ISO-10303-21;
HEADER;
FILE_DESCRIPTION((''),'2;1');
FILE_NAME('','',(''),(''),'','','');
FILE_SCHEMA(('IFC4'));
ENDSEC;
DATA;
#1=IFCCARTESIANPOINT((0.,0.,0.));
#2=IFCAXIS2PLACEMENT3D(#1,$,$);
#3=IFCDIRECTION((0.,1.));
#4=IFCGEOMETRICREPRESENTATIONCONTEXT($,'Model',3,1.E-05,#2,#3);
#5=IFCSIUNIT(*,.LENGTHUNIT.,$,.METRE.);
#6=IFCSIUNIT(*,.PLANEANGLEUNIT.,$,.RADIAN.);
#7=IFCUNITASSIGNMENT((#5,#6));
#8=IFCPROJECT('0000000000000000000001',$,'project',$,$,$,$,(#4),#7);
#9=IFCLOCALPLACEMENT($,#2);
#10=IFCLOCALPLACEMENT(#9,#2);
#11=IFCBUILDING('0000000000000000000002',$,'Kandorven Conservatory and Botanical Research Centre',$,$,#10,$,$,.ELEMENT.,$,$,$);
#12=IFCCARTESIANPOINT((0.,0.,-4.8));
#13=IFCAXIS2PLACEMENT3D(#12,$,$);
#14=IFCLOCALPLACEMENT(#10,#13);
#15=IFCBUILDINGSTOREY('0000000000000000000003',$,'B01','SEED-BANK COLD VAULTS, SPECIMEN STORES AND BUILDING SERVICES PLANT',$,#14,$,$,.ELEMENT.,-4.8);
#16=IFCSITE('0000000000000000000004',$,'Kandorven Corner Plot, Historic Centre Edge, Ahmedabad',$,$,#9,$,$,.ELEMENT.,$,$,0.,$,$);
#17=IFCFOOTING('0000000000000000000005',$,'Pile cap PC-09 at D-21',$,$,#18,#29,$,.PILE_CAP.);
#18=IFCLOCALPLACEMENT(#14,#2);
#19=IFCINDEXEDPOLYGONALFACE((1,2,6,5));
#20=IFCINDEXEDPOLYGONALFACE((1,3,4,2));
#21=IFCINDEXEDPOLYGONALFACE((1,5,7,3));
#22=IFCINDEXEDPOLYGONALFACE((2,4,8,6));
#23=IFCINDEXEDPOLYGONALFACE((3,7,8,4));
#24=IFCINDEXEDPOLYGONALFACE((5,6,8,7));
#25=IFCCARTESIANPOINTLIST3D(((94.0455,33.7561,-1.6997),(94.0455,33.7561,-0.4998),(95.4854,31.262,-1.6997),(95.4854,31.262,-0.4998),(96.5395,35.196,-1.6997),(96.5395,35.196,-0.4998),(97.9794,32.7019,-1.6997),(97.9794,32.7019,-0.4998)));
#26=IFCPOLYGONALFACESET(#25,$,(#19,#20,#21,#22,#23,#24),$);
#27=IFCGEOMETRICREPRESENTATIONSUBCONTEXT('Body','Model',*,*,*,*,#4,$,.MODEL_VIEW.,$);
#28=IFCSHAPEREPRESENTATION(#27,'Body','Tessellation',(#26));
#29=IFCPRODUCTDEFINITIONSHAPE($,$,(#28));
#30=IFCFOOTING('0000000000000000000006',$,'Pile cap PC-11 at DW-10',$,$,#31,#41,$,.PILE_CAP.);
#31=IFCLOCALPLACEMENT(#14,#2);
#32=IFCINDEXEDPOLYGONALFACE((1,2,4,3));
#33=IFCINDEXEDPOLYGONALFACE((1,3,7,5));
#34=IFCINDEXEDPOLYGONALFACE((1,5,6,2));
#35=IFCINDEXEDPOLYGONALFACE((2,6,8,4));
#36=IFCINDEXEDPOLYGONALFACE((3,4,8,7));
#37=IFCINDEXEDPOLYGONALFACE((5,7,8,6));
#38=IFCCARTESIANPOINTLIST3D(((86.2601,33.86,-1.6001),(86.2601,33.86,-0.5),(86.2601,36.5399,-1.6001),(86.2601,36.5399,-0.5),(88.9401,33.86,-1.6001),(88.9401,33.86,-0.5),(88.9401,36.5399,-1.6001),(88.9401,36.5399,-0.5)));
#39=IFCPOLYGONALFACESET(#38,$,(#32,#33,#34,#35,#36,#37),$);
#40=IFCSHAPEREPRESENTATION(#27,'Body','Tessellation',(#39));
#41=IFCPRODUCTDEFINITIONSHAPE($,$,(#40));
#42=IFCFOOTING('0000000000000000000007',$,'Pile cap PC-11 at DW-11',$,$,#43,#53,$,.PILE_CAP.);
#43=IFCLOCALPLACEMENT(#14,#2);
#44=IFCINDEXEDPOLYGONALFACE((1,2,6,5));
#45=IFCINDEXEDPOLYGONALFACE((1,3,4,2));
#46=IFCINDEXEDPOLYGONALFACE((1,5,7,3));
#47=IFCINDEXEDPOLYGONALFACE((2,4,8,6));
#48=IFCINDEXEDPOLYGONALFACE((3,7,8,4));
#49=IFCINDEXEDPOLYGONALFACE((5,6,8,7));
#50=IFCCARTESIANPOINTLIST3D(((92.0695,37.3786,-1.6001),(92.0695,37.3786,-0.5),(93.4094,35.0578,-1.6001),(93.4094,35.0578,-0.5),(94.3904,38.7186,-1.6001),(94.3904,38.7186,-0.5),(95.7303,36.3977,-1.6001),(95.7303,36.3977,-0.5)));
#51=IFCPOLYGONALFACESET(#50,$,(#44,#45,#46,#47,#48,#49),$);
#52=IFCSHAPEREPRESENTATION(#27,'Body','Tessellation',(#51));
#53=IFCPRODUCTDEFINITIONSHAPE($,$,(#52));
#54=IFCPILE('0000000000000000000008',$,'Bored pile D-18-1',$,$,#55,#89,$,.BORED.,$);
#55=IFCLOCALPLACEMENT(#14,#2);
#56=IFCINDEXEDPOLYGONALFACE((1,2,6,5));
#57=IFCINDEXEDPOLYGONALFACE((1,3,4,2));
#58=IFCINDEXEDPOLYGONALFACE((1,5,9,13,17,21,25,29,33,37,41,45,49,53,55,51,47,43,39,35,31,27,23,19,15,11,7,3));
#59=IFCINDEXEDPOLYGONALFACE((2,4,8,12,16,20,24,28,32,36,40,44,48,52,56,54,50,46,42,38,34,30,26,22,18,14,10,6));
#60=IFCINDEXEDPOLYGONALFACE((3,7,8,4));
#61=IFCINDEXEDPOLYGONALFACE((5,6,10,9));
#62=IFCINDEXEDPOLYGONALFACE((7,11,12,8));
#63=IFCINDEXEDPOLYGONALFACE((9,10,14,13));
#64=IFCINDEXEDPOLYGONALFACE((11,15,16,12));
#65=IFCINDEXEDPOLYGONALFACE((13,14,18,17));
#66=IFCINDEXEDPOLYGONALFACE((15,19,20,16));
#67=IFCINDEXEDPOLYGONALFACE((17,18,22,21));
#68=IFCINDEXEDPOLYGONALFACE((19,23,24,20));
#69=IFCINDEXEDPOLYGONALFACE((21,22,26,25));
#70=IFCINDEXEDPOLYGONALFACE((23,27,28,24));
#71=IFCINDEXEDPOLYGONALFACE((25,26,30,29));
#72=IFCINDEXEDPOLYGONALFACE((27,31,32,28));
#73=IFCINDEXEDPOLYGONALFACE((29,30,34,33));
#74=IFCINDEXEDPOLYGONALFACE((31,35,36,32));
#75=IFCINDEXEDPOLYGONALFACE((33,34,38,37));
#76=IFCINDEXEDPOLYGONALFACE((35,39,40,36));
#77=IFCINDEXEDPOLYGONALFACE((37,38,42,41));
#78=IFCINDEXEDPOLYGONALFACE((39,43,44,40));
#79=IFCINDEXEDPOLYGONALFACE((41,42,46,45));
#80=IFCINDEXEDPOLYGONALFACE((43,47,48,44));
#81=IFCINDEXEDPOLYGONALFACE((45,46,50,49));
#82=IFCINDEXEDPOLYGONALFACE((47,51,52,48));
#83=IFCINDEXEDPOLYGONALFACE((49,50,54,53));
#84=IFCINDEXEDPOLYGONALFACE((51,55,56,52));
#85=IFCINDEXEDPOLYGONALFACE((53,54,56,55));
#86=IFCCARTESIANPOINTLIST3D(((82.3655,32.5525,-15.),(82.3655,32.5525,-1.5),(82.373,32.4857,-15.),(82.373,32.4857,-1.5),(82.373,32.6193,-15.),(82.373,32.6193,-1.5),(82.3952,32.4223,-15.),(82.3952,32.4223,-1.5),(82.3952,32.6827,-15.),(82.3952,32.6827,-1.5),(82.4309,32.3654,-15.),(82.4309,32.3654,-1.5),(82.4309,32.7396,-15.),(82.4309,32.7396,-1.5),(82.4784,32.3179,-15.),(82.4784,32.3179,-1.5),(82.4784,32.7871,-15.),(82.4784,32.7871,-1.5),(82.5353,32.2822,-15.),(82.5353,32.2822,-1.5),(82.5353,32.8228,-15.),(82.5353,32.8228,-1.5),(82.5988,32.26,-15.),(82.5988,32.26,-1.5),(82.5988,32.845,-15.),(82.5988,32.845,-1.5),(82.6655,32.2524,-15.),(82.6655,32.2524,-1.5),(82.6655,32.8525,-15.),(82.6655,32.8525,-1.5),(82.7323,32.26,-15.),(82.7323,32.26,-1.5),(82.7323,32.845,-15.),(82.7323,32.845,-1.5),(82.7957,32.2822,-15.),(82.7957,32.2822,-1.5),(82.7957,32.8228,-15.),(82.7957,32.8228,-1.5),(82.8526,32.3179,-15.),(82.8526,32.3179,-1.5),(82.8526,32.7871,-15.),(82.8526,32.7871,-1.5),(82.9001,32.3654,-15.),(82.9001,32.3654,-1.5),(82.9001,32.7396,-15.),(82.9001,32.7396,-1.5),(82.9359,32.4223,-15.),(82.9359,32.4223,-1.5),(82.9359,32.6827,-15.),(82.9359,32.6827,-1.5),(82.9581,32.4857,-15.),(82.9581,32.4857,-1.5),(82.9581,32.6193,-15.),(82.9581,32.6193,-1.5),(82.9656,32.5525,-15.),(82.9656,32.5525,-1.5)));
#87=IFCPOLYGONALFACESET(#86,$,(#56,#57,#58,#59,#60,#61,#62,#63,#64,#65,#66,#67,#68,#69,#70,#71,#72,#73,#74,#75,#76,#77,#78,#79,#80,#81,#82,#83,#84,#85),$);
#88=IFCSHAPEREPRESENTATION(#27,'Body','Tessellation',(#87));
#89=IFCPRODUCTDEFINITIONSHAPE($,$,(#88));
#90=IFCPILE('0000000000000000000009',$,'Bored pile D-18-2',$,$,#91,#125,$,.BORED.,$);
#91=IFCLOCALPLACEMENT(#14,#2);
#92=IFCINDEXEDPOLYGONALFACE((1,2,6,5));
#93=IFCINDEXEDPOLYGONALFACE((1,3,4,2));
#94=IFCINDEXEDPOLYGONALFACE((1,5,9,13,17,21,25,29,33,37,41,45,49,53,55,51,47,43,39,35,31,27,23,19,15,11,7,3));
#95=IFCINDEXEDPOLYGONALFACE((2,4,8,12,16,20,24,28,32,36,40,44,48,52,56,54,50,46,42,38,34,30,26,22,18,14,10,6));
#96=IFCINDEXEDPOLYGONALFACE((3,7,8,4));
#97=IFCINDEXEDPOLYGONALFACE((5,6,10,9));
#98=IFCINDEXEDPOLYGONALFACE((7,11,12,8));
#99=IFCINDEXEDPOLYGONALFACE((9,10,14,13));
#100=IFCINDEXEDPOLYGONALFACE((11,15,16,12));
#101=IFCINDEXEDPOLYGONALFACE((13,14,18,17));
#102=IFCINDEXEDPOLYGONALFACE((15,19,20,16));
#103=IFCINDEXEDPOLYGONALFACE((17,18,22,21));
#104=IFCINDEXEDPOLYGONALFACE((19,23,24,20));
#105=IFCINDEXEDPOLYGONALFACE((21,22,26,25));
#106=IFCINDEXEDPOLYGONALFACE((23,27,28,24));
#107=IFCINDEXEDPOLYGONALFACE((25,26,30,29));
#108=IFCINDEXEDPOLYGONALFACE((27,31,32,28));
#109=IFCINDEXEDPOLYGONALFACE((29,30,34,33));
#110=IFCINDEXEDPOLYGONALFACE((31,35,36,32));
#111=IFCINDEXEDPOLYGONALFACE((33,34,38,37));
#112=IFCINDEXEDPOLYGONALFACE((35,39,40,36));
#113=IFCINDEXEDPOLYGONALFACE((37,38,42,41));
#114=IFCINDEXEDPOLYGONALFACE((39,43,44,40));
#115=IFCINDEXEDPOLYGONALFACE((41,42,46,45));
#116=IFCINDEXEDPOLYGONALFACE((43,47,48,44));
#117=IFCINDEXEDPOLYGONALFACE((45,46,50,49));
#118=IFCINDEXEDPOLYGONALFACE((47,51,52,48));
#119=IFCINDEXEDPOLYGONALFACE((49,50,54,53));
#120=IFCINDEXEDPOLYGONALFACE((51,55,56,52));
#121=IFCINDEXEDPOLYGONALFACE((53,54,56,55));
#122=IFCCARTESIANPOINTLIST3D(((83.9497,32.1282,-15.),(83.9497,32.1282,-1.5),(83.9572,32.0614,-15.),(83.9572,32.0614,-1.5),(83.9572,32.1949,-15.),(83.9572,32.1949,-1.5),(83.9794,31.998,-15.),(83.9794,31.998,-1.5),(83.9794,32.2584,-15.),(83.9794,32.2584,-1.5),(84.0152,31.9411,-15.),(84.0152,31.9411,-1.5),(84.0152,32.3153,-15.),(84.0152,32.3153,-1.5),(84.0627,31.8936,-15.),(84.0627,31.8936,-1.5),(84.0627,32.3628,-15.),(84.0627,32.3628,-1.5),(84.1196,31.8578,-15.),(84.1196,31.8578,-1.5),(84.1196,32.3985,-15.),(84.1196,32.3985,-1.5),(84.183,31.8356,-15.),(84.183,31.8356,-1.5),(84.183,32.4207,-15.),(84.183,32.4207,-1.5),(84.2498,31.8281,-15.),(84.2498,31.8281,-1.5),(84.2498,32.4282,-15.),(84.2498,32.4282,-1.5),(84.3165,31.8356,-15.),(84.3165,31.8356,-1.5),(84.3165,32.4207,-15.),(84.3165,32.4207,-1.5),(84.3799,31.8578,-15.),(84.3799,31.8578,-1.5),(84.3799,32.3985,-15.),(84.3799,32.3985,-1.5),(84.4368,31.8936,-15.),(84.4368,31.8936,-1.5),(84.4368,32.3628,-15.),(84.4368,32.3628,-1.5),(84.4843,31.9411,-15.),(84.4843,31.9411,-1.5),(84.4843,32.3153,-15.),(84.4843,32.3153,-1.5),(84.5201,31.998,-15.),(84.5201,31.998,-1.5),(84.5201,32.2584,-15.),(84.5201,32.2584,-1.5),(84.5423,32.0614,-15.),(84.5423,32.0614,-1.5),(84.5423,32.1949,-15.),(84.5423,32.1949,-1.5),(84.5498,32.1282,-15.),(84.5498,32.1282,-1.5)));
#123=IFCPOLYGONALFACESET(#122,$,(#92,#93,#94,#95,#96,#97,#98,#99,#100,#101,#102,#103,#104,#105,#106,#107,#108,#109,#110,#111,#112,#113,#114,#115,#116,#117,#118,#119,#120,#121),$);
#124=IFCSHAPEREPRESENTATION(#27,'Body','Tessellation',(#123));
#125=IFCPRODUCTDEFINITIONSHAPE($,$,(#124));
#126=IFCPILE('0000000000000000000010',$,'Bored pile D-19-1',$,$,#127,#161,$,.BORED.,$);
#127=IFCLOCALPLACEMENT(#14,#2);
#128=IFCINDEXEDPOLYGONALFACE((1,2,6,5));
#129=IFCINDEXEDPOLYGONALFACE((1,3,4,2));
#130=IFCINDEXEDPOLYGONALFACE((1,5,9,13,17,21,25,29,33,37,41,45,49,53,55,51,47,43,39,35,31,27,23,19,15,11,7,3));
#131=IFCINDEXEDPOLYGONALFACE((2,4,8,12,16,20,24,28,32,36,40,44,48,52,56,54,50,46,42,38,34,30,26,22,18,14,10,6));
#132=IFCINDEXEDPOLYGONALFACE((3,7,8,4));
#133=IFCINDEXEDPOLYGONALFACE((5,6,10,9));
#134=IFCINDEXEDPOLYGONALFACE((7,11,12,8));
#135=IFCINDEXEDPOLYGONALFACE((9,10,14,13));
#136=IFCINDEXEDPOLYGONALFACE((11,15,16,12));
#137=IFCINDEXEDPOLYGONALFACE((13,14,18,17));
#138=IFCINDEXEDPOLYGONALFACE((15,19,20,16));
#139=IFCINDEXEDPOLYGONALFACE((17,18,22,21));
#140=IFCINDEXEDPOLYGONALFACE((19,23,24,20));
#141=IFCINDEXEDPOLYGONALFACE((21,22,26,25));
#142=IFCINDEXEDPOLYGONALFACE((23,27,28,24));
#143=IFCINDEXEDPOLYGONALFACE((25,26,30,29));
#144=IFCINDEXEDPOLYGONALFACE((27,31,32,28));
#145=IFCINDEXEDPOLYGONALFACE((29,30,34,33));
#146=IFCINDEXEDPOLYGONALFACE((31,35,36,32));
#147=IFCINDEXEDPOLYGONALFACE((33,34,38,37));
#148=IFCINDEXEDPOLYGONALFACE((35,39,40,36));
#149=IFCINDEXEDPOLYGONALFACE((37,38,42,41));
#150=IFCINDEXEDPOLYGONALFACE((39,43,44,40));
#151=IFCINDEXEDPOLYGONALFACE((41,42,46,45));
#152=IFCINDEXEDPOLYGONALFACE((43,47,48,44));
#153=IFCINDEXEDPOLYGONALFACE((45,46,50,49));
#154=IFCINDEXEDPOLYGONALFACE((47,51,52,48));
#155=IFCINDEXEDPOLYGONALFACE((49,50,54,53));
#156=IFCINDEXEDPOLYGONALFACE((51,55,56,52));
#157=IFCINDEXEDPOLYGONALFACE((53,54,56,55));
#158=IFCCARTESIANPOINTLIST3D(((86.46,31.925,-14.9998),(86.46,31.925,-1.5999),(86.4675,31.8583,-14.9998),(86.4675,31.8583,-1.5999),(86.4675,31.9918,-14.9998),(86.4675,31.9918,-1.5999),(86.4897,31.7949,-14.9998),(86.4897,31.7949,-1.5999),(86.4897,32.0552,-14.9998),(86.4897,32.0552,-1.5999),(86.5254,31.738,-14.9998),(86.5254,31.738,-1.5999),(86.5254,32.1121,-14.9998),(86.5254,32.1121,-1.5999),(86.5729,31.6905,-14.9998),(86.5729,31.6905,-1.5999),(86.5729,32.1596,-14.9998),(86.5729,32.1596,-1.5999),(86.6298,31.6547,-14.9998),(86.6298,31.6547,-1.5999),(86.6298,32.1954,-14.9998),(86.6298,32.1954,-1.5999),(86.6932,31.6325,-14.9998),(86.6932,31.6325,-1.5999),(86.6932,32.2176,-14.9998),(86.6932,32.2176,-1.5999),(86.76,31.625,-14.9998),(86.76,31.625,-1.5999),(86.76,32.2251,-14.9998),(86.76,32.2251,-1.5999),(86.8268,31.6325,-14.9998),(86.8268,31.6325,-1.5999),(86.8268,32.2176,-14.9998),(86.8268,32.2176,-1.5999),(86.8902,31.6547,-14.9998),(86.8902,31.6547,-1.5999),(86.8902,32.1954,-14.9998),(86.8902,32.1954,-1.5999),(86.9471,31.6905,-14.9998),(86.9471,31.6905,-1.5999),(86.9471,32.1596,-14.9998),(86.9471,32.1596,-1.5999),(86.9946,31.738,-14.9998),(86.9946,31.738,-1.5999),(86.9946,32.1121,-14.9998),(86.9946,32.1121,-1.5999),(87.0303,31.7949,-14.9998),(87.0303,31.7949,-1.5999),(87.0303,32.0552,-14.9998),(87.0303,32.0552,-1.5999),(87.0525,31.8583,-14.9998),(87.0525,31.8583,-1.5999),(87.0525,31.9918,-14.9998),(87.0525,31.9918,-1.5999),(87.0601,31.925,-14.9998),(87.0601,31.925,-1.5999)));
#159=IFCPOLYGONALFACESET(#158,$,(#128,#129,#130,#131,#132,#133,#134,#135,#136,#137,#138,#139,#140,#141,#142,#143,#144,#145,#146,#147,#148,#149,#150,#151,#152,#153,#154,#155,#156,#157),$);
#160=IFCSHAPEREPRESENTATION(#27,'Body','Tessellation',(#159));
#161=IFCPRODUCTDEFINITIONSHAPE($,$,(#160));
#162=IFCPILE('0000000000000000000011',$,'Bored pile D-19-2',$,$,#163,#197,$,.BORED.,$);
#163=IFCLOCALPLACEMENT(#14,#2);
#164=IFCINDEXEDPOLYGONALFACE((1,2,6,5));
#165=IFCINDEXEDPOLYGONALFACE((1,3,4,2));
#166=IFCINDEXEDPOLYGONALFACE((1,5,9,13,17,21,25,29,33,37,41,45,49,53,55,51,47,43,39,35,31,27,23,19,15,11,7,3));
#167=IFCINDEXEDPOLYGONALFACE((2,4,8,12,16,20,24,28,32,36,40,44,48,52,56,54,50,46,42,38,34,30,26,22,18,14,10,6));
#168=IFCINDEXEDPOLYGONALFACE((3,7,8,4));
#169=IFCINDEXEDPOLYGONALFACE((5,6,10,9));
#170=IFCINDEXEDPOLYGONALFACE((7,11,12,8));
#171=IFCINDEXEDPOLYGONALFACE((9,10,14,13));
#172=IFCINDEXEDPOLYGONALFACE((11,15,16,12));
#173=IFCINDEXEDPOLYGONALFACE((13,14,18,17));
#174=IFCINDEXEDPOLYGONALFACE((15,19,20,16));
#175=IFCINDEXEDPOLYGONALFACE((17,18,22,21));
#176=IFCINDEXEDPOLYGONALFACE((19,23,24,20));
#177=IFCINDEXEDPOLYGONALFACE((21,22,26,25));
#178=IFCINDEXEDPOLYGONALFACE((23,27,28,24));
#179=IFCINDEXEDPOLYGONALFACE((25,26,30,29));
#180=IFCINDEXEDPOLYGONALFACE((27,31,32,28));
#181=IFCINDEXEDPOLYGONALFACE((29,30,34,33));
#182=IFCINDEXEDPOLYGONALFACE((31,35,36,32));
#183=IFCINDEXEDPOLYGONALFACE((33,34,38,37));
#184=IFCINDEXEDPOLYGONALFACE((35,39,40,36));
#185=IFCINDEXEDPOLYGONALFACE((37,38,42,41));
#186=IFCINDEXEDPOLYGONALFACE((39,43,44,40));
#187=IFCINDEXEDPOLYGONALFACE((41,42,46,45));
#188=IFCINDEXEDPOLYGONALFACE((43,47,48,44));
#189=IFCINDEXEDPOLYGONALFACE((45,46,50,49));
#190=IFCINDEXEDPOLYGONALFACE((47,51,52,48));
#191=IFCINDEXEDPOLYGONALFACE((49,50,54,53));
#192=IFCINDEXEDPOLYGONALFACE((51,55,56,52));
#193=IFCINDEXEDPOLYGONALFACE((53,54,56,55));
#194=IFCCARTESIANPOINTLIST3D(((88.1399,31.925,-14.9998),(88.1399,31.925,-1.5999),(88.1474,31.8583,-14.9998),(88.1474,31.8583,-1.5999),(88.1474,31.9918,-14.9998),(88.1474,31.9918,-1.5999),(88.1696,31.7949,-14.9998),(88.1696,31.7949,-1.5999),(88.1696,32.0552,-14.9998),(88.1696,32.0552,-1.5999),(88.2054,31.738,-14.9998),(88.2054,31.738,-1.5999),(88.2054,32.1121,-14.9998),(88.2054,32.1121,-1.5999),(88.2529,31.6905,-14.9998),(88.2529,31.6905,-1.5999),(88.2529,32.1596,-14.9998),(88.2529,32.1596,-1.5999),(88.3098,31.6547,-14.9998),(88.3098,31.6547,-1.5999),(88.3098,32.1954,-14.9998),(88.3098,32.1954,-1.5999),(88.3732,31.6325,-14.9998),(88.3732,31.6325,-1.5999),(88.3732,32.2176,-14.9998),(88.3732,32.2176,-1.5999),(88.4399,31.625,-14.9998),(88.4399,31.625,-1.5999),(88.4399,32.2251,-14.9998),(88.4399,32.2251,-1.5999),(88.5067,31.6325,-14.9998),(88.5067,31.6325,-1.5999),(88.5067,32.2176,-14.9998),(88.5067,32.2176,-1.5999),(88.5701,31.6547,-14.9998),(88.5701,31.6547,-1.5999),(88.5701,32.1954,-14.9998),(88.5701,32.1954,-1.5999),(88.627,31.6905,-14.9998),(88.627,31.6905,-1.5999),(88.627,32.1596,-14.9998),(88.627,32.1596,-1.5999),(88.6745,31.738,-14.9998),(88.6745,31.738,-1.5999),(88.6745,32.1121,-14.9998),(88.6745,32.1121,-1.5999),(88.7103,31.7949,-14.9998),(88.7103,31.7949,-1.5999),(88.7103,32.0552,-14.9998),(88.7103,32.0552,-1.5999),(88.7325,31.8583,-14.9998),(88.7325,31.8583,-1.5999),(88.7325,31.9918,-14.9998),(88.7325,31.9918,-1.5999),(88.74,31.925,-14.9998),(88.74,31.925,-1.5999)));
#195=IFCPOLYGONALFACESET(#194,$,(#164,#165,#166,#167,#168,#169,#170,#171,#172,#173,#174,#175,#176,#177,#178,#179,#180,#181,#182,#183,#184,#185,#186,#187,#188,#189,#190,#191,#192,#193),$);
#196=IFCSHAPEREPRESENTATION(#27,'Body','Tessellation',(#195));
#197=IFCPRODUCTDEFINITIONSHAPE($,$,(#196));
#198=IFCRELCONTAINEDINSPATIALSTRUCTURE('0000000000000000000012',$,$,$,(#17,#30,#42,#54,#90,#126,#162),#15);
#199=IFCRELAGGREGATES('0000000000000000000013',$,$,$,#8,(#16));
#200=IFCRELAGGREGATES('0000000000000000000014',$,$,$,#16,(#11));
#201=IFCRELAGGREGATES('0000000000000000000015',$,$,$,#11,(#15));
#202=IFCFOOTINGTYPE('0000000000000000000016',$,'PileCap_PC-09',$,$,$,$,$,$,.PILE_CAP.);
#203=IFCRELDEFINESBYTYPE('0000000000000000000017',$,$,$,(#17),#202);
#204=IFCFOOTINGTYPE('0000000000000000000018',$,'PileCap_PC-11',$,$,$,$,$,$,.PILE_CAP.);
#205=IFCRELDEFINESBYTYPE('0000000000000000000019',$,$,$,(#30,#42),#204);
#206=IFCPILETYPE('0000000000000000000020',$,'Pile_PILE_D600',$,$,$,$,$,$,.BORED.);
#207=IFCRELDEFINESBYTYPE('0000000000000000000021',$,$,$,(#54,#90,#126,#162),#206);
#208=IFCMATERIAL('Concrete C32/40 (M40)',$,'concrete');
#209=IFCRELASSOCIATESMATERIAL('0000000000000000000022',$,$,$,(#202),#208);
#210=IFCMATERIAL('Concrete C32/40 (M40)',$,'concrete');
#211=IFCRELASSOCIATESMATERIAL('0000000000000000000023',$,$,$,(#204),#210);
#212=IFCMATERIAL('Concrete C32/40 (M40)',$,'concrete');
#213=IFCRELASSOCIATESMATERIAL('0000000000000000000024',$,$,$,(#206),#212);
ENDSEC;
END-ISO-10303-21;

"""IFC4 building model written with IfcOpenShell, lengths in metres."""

from ifc_helpers import new_model, si_unit, direction, frame, origin, origin_2d, place, context, subcontext, project, spatial, rectangle, circle, extrude, material, material_profile, profile_set, type_object, element, save


model = new_model("IFC4")

# Units and contexts
model_context = context("Model", 3, precision=1e-05, world=origin(), true_north=direction((0.0, 1.0)))
body_context = subcontext(model_context, "Body", "Model", "MODEL_VIEW")
ifc_project = project(units=[si_unit("LENGTHUNIT", "METRE"), si_unit("PLANEANGLEUNIT", "RADIAN")], contexts=[model_context])

# Site, building, storey
site_placement = place(None, origin())
site = spatial("IfcSite", under=ifc_project, at=site_placement, Name="Kandorven Corner Plot, Historic Centre Edge, Ahmedabad", CompositionType="ELEMENT", RefElevation=0.0)
building_placement = place(site_placement, origin())
building = spatial("IfcBuilding", under=site, at=building_placement, Name="Kandorven Conservatory and Botanical Research Centre", CompositionType="ELEMENT")
storey_placement = place(building_placement, frame((0.0, 0.0, -4.8)))
storey = spatial("IfcBuildingStorey", under=building, at=storey_placement, Name="B01", Description="SEED-BANK COLD VAULTS, SPECIMEN STORES AND BUILDING SERVICES PLANT", CompositionType="ELEMENT", Elevation=-4.8)

# Footings
ifc_material_1 = material(Name="Concrete C32/40 (M40)", Category="concrete")
footing_type_1 = type_object("IfcFootingType", Name="PileCap_PC-09", PredefinedType="PILE_CAP", material=ifc_material_1)
footing_placement = place(storey_placement, frame((96.0125, 33.229, -1.6997), z_axis=(0.0, 0.0, 1.0), x_axis=(0.5, -0.866025, 0.0)))
element("IfcFooting", 1, at=footing_placement, inside=storey, type_object=footing_type_1, Name="Pile cap PC-09 at D-21", PredefinedType="PILE_CAP", context=body_context, shape_type="SweptSolid", body=[
    extrude(rectangle(XDim=2.8799, YDim=2.8799, at=origin_2d()), origin(), (0.0, 0.0, 1.0), 1.2),
])
ifc_material_2 = material(Name="Concrete C32/40 (M40)", Category="concrete")
footing_type_2 = type_object("IfcFootingType", Name="PileCap_PC-11", PredefinedType="PILE_CAP", material=ifc_material_2)
for number, where, z_axis, x_axis, name in (
    (2, (87.6001, 35.2, -1.6001), (0.0, 0.0, 1.0), (0.0, -1.0, 0.0), "Pile cap PC-11 at DW-10"),
    (3, (93.8999, 36.8882, -1.6001), (0.0, 0.0, 1.0), (0.5, -0.866025, 0.0), "Pile cap PC-11 at DW-11"),
):
    element("IfcFooting", number, at=place(storey_placement, frame(where, z_axis=z_axis, x_axis=x_axis)), inside=storey, type_object=footing_type_2, Name=name, PredefinedType="PILE_CAP", context=body_context, shape_type="SweptSolid", body=[
        extrude(rectangle(XDim=2.6799, YDim=2.6799, at=origin_2d()), origin(), (0.0, 0.0, 1.0), 1.1001),
    ])

# Piles
ifc_material_3 = material(Name="Concrete C32/40 (M40)", Category="concrete")
ifc_material_profile_1 = material_profile(ifc_material_3, circle(Radius=0.3, at=origin_2d()))
ifc_profile_set_1 = profile_set([ifc_material_profile_1], Name="Concrete C32/40 (M40)")
pile_type = type_object("IfcPileType", Name="Pile_PILE_D600", PredefinedType="BORED", material=ifc_profile_set_1)
for number, where, z_axis, x_axis, name in (
    (4, (82.6655, 32.5525, -1.5), (0.0, 0.0, -1.0), (1.0, 0.0, 0.0), "Bored pile D-18-1"),
    (5, (84.2498, 32.1282, -1.5), (0.0, 0.0, -1.0), (1.0, 0.0, 0.0), "Bored pile D-18-2"),
):
    element("IfcPile", number, at=place(storey_placement, frame(where, z_axis=z_axis, x_axis=x_axis)), inside=storey, type_object=pile_type, Name=name, PredefinedType="BORED", context=body_context, shape_type="SweptSolid", body=[
        extrude(circle(Radius=0.3, at=origin_2d()), origin(), (0.0, 0.0, 1.0), 13.5),
    ])
for number, where, z_axis, x_axis, name in (
    (6, (86.76, 31.925, -1.5999), (0.0, 0.0, -1.0), (1.0, 0.0, 0.0), "Bored pile D-19-1"),
    (7, (88.4399, 31.925, -1.5999), (0.0, 0.0, -1.0), (1.0, 0.0, 0.0), "Bored pile D-19-2"),
):
    element("IfcPile", number, at=place(storey_placement, frame(where, z_axis=z_axis, x_axis=x_axis)), inside=storey, type_object=pile_type, Name=name, PredefinedType="BORED", context=body_context, shape_type="SweptSolid", body=[
        extrude(circle(Radius=0.3, at=origin_2d()), origin(), (0.0, 0.0, 1.0), 13.3999),
    ])

save(model, "model.ifc")
